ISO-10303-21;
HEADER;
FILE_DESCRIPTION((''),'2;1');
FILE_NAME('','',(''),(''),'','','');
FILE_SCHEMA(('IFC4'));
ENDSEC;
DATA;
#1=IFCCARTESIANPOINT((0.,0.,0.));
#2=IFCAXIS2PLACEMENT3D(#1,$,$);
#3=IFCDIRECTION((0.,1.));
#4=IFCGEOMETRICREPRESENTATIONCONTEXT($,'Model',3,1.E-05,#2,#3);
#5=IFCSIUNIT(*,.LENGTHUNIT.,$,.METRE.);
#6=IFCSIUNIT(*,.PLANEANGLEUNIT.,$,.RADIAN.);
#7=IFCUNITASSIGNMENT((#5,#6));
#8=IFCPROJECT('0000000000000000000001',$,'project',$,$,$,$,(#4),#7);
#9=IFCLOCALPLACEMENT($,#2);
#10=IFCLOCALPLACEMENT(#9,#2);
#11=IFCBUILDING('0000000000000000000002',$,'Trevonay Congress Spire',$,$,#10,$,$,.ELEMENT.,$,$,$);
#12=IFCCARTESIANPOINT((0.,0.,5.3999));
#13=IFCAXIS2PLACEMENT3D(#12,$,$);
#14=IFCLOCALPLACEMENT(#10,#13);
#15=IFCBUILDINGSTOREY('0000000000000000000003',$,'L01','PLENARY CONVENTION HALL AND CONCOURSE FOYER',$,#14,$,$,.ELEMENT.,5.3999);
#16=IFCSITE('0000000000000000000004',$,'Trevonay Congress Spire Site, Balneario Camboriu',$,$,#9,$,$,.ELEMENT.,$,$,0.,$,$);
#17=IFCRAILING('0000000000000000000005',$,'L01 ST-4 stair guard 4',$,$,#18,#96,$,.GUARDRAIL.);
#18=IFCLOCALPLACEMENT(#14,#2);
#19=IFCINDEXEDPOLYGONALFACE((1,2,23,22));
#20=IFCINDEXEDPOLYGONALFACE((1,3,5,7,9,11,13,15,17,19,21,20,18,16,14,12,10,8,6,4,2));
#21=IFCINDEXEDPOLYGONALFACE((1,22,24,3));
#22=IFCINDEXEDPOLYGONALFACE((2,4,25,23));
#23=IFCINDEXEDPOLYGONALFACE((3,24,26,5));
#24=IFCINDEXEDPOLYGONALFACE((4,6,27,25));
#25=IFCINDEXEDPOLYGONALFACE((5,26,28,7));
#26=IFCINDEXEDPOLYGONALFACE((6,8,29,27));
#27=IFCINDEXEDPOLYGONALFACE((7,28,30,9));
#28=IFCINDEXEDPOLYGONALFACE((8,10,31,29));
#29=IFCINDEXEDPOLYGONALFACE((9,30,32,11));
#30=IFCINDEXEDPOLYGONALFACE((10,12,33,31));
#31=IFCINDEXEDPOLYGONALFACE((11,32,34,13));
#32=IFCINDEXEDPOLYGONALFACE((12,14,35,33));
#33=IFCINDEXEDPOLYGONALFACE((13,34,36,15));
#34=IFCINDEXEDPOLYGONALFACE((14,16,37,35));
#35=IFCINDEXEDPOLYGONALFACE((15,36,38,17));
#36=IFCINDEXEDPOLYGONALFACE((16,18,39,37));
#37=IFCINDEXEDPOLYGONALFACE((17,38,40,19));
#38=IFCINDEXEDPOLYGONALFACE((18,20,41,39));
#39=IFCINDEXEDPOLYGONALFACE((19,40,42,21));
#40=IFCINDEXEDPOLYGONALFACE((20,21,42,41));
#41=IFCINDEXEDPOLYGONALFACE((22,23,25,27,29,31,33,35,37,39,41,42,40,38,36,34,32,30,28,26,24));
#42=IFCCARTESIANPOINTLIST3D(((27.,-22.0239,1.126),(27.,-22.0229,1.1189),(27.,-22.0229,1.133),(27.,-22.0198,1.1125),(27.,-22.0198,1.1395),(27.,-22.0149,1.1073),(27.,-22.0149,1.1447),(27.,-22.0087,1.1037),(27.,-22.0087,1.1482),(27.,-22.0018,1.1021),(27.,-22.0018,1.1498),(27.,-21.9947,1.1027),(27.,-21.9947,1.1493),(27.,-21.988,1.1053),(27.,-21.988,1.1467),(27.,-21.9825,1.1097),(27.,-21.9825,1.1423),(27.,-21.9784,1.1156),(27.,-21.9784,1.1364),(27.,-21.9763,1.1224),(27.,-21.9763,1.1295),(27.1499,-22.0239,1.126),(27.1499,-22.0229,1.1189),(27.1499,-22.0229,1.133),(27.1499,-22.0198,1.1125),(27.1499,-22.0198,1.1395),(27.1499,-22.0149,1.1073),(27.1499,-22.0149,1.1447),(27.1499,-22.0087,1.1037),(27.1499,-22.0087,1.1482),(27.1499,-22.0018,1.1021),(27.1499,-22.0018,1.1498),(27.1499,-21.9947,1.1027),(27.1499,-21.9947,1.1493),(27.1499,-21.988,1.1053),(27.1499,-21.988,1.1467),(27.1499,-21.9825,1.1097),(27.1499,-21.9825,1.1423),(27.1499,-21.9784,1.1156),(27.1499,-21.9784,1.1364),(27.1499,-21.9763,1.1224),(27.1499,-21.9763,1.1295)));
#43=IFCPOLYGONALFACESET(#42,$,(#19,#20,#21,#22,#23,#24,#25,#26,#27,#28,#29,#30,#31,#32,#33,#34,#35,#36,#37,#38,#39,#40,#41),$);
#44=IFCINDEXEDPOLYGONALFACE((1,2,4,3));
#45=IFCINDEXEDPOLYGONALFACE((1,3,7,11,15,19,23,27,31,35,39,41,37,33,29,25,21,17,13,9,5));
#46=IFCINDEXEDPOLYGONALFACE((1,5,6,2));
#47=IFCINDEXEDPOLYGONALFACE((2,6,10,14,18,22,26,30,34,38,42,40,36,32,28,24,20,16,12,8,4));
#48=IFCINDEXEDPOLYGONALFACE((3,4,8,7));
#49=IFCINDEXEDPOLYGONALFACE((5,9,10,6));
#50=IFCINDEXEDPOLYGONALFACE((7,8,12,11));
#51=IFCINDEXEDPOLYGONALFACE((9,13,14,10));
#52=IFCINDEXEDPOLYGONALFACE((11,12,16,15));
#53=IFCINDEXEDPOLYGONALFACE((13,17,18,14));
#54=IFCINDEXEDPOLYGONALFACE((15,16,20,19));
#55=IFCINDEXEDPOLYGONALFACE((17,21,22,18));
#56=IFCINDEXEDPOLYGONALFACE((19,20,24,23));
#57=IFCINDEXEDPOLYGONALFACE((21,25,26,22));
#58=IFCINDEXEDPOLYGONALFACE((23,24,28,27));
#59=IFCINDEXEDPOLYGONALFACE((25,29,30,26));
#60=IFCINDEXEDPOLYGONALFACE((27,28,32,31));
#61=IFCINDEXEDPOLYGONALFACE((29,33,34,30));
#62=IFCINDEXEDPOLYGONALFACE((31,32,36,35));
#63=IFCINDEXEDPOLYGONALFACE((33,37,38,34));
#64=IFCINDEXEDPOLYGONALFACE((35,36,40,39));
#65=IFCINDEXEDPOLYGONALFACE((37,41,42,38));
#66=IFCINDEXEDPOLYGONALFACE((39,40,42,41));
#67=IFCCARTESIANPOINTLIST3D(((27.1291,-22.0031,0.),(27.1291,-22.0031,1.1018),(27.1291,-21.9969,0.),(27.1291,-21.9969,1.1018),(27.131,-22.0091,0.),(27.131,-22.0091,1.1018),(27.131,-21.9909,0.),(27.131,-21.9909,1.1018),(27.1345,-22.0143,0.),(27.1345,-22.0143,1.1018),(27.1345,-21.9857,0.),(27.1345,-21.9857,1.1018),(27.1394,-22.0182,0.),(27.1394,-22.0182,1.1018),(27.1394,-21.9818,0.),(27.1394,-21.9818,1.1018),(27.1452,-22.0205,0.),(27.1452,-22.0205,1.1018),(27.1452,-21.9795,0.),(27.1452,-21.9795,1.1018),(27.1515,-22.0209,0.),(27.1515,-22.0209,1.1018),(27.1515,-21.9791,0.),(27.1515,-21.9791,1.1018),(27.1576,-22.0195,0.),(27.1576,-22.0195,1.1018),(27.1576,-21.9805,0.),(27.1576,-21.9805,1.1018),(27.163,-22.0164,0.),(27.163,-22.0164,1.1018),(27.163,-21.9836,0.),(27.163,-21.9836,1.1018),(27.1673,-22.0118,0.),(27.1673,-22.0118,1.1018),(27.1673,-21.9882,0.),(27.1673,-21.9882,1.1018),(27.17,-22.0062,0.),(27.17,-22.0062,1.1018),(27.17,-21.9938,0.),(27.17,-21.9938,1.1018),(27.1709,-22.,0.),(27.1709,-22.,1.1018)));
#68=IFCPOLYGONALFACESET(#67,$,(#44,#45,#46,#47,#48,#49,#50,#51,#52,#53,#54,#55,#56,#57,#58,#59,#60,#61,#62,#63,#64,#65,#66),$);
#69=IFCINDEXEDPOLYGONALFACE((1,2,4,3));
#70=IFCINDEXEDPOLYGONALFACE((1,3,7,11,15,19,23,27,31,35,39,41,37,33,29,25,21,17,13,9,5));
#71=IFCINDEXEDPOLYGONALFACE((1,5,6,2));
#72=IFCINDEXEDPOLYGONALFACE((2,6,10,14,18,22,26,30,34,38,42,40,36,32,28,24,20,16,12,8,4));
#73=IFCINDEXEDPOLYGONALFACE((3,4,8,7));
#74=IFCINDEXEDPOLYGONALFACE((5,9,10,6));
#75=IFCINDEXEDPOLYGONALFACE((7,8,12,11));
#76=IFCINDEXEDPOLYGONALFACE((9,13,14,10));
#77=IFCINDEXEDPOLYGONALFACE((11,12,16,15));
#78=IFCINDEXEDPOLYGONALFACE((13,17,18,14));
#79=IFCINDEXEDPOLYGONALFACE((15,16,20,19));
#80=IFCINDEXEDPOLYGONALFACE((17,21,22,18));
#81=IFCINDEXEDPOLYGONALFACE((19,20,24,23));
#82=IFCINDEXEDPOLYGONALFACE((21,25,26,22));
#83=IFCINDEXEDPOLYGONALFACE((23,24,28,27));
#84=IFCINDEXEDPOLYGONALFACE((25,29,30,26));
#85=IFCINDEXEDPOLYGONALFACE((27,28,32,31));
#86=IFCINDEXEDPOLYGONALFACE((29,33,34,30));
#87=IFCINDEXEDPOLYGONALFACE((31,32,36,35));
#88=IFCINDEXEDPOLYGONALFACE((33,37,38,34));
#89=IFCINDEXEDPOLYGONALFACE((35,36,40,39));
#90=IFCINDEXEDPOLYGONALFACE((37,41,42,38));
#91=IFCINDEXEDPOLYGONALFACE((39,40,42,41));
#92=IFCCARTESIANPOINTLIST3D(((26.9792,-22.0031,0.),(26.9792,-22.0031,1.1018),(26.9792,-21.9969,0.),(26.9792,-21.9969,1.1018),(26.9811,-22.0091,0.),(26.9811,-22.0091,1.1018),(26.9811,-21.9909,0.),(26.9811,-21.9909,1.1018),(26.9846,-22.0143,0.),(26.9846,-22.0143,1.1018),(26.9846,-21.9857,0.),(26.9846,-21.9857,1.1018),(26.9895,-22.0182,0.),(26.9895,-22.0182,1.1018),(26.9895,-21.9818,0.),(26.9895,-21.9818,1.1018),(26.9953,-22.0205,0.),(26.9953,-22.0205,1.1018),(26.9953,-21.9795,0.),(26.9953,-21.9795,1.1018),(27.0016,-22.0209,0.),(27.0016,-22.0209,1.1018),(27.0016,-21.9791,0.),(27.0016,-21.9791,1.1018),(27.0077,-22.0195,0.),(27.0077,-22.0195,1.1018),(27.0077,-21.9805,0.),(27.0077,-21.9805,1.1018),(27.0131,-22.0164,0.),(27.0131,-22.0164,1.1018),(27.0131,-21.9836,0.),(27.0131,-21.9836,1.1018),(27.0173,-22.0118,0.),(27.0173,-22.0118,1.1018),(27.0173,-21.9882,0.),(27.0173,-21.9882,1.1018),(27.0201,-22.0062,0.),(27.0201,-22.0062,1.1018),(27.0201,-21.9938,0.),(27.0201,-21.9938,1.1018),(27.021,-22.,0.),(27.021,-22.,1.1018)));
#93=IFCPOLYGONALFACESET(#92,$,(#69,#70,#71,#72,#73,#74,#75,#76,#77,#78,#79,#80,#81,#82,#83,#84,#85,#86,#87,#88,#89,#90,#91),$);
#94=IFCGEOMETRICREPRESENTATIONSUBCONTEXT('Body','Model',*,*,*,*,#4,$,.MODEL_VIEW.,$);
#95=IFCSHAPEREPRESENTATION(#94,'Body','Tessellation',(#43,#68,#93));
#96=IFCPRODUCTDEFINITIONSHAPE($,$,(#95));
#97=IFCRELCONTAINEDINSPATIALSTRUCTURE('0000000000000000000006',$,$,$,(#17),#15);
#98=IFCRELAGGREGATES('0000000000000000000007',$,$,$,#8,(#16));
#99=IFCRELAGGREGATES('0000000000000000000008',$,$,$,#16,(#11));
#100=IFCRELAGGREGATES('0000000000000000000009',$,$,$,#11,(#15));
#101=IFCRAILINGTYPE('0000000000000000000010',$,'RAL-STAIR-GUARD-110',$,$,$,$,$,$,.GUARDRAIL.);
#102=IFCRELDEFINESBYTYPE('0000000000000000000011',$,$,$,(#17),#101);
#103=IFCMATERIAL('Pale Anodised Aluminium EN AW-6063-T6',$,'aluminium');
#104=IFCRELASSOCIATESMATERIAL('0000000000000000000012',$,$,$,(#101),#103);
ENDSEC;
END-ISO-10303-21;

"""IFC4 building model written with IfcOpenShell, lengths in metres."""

from ifc_helpers import new_model, si_unit, direction, frame, origin, origin_2d, place, context, subcontext, project, spatial, circle, extrude, material, type_object, element, save


model = new_model("IFC4")

# Units and contexts
model_context = context("Model", 3, precision=1e-05, world=origin(), true_north=direction((0.0, 1.0)))
body_context = subcontext(model_context, "Body", "Model", "MODEL_VIEW")
ifc_project = project(units=[si_unit("LENGTHUNIT", "METRE"), si_unit("PLANEANGLEUNIT", "RADIAN")], contexts=[model_context])

# Site, building, storey
site_placement = place(None, origin())
site = spatial("IfcSite", under=ifc_project, at=site_placement, Name="Trevonay Congress Spire Site, Balneario Camboriu", CompositionType="ELEMENT", RefElevation=0.0)
building_placement = place(site_placement, origin())
building = spatial("IfcBuilding", under=site, at=building_placement, Name="Trevonay Congress Spire", CompositionType="ELEMENT")
storey_placement = place(building_placement, frame((0.0, 0.0, 5.3999)))
storey = spatial("IfcBuildingStorey", under=building, at=storey_placement, Name="L01", Description="PLENARY CONVENTION HALL AND CONCOURSE FOYER", CompositionType="ELEMENT", Elevation=5.3999)

# Shared definitions
ifc_material_1 = material(Name="Pale Anodised Aluminium EN AW-6063-T6", Category="aluminium")

# Railing
railing_type_1 = type_object("IfcRailingType", Name="RAL-STAIR-GUARD-110", PredefinedType="GUARDRAIL", material=ifc_material_1)
railing_1_placement = place(storey_placement, frame((27.1499, -22.0, 0.0)))
element("IfcRailing", 1, at=railing_1_placement, inside=storey, type_object=railing_type_1, Name="L01 ST-4 stair guard 4", PredefinedType="GUARDRAIL", context=body_context, shape_type="SweptSolid", body=[
    extrude(circle(Radius=0.0239, at=origin_2d()), frame((0.0, 0.0, 1.126), z_axis=(-1.0, 0.0, 0.0), x_axis=(0.0, -1.0, 0.0)), (0.0, 0.0, 1.0), 0.1499),
    extrude(circle(Radius=0.021, at=origin_2d()), origin(), (0.0, 0.0, 1.0), 1.1018),
    extrude(circle(Radius=0.021, at=origin_2d()), frame((-0.1499, 0.0, 0.0)), (0.0, 0.0, 1.0), 1.1018),
])

save(model, "model.ifc")
